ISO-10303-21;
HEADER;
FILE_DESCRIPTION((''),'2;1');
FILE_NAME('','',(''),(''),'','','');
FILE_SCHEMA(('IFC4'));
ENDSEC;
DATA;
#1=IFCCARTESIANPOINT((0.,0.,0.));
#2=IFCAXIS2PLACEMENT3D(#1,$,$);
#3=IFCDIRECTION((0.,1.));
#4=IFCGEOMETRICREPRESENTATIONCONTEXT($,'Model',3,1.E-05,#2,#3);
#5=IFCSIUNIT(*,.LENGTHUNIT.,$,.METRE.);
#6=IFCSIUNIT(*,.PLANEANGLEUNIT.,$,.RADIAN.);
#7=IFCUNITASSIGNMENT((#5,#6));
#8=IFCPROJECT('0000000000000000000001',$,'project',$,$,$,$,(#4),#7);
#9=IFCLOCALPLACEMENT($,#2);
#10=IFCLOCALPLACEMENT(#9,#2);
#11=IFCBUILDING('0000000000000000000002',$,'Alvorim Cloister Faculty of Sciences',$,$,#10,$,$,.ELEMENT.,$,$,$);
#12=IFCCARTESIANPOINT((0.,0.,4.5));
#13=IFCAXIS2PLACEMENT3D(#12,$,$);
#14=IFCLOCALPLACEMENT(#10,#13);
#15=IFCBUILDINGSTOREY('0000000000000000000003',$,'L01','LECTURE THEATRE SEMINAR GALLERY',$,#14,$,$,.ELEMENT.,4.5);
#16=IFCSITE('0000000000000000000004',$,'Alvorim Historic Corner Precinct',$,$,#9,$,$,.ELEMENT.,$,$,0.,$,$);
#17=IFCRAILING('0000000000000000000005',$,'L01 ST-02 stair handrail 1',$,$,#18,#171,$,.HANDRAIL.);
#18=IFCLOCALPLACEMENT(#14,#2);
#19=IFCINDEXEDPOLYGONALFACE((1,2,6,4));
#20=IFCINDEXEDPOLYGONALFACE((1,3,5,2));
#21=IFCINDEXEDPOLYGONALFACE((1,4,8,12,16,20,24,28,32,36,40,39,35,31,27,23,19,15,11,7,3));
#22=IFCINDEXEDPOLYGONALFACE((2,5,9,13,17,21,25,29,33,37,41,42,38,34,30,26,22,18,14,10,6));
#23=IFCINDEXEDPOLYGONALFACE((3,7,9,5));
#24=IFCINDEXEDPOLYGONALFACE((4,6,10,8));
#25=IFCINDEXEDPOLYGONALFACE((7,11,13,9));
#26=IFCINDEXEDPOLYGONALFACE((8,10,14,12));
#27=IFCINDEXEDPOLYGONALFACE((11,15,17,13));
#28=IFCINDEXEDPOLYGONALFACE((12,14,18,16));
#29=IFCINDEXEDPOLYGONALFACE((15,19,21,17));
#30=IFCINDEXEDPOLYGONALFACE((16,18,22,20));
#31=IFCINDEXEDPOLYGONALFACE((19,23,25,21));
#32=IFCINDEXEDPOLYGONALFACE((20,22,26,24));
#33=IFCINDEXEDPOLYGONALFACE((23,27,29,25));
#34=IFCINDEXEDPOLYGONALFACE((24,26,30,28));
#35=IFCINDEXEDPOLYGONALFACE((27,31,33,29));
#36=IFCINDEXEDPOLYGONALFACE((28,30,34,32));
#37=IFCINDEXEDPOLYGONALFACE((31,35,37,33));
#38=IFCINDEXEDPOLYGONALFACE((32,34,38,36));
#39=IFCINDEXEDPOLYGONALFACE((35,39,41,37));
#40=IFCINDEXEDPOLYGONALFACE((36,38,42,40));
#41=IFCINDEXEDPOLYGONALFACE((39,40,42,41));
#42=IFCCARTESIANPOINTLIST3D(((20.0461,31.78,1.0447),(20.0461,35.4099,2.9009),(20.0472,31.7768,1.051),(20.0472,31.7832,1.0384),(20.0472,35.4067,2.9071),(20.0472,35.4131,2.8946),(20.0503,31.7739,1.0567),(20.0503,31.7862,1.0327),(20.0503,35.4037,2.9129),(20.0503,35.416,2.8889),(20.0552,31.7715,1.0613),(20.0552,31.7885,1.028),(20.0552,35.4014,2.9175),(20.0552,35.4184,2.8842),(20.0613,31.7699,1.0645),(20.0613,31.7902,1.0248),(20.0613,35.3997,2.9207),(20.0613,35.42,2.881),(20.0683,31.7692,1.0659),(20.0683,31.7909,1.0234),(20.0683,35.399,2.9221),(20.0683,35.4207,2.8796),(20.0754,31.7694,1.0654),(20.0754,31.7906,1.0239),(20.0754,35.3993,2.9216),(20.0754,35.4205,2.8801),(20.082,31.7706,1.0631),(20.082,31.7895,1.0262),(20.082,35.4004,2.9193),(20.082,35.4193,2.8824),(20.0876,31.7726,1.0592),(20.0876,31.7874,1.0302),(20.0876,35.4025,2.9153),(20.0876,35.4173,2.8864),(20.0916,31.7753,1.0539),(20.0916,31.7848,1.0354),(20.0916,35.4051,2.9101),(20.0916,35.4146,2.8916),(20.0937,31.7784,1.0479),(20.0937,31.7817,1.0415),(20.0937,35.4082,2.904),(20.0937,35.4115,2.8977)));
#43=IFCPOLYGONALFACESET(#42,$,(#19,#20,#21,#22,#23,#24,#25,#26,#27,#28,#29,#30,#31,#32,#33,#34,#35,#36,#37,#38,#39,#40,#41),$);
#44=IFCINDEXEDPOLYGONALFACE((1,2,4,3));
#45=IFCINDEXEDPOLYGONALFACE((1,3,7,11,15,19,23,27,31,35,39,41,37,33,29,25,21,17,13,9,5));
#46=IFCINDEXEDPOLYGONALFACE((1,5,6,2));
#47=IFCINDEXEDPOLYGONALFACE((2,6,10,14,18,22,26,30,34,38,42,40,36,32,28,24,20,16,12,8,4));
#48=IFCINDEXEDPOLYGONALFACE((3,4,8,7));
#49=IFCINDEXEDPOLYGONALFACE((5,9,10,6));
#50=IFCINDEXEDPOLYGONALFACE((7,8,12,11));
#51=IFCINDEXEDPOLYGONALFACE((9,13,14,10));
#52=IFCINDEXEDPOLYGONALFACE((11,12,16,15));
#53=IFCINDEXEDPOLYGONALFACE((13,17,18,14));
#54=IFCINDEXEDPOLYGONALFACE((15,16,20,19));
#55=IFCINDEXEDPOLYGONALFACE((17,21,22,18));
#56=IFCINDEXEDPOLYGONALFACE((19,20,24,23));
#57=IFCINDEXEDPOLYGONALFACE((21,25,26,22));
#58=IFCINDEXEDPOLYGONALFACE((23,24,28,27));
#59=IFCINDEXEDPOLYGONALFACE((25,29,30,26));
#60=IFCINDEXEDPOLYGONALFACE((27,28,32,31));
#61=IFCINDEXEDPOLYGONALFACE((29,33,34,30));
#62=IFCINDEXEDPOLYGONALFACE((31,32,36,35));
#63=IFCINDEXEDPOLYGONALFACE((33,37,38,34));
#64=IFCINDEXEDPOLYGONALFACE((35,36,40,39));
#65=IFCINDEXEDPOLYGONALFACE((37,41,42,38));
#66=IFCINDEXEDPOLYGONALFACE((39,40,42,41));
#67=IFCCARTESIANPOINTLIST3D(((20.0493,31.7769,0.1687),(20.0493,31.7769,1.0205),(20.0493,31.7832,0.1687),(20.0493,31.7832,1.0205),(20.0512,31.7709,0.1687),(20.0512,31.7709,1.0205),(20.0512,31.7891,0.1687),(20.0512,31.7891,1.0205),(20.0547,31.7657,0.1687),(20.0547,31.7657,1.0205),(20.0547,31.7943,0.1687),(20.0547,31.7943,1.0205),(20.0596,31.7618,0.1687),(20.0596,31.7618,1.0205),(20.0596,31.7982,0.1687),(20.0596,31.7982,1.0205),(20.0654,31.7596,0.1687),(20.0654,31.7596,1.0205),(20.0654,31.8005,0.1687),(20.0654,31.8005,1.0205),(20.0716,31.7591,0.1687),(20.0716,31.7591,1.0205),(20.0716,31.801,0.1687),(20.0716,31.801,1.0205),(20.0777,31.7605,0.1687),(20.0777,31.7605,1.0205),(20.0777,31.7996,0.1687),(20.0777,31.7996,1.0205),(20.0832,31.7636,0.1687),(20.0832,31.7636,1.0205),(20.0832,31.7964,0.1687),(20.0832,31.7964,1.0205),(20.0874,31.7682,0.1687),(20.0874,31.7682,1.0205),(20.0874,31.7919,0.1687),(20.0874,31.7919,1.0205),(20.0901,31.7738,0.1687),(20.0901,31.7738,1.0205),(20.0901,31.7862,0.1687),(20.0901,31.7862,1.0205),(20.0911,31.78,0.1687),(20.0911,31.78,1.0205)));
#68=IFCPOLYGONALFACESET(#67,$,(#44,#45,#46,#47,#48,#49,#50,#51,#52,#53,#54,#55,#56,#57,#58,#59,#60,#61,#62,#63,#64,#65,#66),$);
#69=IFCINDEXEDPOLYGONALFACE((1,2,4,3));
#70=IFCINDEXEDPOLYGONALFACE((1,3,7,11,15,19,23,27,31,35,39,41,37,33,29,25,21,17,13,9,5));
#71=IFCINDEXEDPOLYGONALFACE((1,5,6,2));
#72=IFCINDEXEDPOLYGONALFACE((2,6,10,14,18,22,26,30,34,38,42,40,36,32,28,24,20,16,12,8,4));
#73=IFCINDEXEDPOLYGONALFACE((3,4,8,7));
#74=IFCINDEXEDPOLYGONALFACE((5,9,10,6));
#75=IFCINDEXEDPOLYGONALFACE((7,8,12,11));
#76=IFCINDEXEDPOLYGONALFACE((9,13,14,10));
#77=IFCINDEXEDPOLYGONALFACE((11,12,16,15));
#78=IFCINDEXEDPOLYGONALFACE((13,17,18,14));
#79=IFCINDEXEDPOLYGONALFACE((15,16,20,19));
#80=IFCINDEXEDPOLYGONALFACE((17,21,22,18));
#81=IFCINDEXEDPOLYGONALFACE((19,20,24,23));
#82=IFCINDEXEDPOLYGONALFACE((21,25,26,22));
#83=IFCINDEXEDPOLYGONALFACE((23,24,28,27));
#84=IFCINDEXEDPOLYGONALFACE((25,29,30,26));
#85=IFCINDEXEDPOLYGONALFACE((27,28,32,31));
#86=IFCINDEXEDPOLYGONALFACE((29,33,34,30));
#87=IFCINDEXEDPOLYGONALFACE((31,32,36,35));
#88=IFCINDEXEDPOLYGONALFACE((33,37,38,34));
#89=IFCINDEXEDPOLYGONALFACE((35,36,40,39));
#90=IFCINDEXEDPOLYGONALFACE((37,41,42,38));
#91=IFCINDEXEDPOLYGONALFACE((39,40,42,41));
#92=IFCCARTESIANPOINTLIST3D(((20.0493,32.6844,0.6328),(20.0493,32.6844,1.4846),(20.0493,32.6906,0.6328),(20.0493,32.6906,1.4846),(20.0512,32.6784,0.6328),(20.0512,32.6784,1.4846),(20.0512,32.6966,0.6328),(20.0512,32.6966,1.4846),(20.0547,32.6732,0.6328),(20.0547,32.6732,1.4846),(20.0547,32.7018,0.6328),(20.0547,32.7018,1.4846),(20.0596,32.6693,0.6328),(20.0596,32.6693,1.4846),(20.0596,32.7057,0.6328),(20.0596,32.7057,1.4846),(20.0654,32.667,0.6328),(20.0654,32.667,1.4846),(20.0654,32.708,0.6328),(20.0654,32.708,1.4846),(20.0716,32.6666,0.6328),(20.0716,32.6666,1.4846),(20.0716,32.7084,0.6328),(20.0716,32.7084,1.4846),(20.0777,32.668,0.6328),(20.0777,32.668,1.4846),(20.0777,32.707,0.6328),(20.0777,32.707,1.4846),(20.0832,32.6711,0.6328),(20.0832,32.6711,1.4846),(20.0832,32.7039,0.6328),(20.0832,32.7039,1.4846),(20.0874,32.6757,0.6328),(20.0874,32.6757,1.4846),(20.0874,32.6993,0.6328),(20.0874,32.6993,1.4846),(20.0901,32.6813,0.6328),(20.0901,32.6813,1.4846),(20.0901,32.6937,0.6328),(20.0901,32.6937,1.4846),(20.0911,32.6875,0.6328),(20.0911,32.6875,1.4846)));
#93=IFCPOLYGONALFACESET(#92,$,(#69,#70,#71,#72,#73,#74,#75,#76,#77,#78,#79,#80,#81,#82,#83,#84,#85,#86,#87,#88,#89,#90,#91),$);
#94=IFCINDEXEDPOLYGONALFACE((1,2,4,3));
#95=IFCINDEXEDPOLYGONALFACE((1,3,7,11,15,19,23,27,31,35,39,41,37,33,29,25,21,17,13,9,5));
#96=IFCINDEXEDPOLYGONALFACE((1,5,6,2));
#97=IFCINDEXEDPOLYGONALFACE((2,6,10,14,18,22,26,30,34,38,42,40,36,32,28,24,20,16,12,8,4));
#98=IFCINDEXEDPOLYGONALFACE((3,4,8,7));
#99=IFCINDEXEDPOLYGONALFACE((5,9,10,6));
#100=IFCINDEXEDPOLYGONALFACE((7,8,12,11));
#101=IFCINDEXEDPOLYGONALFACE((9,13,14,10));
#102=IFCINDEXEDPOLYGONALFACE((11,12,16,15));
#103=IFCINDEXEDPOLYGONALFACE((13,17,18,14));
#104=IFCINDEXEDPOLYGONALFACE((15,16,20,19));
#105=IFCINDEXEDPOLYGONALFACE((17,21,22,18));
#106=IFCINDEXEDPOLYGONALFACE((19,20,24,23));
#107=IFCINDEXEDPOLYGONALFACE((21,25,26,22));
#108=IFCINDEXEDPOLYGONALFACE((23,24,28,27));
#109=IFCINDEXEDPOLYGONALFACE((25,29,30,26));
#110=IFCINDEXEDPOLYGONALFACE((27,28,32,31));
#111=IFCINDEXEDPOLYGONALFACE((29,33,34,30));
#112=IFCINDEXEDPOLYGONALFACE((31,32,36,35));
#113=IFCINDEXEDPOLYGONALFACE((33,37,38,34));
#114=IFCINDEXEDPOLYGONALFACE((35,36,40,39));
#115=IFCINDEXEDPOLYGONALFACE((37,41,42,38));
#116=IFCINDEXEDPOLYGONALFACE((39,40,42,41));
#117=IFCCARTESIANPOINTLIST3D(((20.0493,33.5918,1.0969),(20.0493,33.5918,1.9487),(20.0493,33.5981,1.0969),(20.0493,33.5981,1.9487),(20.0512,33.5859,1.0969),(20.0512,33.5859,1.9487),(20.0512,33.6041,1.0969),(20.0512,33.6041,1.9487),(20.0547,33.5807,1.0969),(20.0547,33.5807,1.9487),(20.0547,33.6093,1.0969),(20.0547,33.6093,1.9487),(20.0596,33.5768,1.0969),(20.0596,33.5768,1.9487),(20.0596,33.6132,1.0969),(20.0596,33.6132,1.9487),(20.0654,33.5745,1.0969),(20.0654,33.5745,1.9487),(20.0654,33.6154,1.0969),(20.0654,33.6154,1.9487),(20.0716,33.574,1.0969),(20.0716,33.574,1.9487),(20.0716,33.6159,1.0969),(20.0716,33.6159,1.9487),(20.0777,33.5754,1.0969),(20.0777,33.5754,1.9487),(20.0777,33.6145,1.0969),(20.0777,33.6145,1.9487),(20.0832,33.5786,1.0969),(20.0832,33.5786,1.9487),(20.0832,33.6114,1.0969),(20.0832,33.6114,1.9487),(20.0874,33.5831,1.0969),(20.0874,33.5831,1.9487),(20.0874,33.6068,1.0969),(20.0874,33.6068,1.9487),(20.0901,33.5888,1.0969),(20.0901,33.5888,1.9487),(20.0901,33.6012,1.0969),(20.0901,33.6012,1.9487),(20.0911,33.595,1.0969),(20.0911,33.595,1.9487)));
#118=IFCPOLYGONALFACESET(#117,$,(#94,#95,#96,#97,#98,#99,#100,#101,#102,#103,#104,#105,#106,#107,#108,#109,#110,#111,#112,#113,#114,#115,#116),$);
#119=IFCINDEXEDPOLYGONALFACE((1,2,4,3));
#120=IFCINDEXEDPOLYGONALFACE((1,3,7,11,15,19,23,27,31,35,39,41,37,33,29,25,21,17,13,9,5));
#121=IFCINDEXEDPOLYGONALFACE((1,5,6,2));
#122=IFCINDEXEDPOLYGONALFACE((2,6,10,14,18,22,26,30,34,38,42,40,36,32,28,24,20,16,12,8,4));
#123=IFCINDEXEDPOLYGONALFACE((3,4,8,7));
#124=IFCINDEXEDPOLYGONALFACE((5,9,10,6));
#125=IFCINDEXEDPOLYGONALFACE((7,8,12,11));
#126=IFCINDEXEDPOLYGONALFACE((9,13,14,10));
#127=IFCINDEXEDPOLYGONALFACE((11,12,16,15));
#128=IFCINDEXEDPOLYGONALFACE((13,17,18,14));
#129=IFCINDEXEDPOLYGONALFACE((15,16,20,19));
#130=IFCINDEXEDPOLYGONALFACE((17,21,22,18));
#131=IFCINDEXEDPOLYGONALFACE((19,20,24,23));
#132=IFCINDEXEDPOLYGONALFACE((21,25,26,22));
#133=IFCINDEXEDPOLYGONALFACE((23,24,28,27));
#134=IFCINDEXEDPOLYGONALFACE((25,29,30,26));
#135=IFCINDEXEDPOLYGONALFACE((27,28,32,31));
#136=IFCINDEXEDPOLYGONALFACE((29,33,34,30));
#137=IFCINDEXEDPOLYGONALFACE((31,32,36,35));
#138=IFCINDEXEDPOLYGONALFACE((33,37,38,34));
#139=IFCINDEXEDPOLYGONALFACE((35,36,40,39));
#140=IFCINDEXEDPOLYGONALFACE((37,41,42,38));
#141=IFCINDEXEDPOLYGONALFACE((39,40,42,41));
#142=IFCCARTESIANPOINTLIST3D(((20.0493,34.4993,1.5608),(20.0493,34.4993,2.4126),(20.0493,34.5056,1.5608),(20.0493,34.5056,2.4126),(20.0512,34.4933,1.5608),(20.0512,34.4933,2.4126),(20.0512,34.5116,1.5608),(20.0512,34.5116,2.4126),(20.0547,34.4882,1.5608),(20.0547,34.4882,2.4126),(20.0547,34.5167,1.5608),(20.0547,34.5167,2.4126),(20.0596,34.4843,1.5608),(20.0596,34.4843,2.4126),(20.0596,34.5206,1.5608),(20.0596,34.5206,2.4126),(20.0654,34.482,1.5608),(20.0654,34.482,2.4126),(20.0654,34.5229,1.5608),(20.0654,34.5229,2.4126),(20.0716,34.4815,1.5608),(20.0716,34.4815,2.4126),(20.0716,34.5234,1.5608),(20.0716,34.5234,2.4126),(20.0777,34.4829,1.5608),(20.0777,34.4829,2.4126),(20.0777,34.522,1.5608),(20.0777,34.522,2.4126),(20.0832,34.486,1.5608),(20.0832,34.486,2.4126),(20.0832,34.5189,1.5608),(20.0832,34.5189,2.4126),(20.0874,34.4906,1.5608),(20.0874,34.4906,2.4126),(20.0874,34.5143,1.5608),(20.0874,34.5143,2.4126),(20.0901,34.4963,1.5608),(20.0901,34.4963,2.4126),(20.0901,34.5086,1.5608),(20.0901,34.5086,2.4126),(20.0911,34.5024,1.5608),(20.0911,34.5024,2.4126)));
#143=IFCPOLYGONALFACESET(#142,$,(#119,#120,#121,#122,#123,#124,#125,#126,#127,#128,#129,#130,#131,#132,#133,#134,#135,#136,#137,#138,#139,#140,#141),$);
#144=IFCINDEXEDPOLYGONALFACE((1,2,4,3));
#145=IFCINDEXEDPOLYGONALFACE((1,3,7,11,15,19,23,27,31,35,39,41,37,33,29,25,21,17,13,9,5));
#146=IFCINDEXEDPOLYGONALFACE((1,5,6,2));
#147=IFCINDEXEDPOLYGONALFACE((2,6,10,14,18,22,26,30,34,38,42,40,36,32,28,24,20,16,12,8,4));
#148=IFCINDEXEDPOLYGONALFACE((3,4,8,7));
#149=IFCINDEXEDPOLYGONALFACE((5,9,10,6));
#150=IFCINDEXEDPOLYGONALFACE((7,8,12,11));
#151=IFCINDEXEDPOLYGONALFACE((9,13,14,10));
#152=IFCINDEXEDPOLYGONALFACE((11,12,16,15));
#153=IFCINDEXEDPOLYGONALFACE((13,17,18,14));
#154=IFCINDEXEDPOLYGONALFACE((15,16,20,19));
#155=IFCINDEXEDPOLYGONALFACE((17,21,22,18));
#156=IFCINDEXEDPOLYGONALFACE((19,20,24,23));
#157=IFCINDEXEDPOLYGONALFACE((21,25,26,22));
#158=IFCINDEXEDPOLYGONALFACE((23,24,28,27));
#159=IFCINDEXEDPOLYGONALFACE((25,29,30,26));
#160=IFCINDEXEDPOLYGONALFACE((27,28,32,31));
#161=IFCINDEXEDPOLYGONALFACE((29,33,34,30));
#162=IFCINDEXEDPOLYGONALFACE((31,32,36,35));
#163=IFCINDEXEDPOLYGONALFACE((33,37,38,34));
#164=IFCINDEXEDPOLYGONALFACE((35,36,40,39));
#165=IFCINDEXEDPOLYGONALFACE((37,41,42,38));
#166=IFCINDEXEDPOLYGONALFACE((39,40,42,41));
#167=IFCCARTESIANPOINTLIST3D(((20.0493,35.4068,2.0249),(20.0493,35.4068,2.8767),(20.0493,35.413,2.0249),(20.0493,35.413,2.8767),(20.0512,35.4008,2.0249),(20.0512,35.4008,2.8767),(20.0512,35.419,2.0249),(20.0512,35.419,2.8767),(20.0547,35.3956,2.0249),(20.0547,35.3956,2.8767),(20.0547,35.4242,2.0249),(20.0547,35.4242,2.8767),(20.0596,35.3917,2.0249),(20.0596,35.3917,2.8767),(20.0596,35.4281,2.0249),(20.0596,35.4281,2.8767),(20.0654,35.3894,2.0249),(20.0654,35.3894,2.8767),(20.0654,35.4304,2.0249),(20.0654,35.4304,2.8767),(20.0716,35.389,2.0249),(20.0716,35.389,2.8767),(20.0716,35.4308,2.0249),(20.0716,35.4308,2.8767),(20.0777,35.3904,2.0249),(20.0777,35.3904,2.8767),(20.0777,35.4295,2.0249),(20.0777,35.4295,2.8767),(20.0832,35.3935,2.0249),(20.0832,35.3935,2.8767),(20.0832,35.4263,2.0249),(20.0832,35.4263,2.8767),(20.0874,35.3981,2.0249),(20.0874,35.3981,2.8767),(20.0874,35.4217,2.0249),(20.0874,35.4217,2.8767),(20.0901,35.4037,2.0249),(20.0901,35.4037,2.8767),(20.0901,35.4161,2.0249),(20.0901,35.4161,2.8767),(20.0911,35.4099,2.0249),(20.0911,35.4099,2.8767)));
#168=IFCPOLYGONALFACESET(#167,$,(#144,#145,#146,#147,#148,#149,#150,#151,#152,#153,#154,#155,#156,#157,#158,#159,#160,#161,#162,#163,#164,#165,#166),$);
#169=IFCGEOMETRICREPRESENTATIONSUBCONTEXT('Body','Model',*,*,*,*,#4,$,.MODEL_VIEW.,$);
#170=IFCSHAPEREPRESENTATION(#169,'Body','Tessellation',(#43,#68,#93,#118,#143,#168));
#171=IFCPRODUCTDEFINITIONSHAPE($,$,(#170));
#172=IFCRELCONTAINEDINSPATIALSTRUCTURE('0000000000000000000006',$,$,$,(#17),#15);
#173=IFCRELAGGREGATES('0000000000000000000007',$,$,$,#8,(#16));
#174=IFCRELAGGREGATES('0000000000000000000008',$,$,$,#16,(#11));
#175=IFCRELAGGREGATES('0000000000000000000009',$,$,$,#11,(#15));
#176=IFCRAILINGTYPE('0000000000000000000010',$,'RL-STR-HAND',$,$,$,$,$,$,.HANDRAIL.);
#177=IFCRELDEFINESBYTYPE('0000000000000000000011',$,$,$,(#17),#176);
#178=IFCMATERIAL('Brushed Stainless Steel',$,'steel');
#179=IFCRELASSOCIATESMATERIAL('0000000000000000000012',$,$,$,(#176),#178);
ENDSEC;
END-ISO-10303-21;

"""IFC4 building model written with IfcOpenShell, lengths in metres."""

from ifc_helpers import new_model, si_unit, direction, frame, origin, origin_2d, place, context, subcontext, project, spatial, circle, extrude, material, type_object, element, save


model = new_model("IFC4")

# Units and contexts
model_context = context("Model", 3, precision=1e-05, world=origin(), true_north=direction((0.0, 1.0)))
body_context = subcontext(model_context, "Body", "Model", "MODEL_VIEW")
ifc_project = project(units=[si_unit("LENGTHUNIT", "METRE"), si_unit("PLANEANGLEUNIT", "RADIAN")], contexts=[model_context])

# Site, building, storey
site_placement = place(None, origin())
site = spatial("IfcSite", under=ifc_project, at=site_placement, Name="Alvorim Historic Corner Precinct", CompositionType="ELEMENT", RefElevation=0.0)
building_placement = place(site_placement, origin())
building = spatial("IfcBuilding", under=site, at=building_placement, Name="Alvorim Cloister Faculty of Sciences", CompositionType="ELEMENT")
storey_placement = place(building_placement, frame((0.0, 0.0, 4.5)))
storey = spatial("IfcBuildingStorey", under=building, at=storey_placement, Name="L01", Description="LECTURE THEATRE SEMINAR GALLERY", CompositionType="ELEMENT", Elevation=4.5)

# Shared definitions
ifc_material_1 = material(Name="Brushed Stainless Steel", Category="steel")

# Railing
railing_type_1 = type_object("IfcRailingType", Name="RL-STR-HAND", PredefinedType="HANDRAIL", material=ifc_material_1)
railing_1_placement = place(storey_placement, frame((20.0701, 31.78, 0.1687)))
element("IfcRailing", 1, at=railing_1_placement, inside=storey, type_object=railing_type_1, Name="L01 ST-02 stair handrail 1", PredefinedType="HANDRAIL", context=body_context, shape_type="SweptSolid", body=[
    extrude(circle(Radius=0.0239, at=origin_2d()), frame((0.0, 0.0, 0.876), z_axis=(0.0, 0.890342, 0.455291), x_axis=(-1.0, 0.0, 0.0)), (0.0, 0.0, 1.0), 4.0769),
    extrude(circle(Radius=0.021, at=origin_2d()), origin(), (0.0, 0.0, 1.0), 0.8518),
    extrude(circle(Radius=0.021, at=origin_2d()), frame((0.0, 0.9075, 0.4641)), (0.0, 0.0, 1.0), 0.8518),
    extrude(circle(Radius=0.021, at=origin_2d()), frame((0.0, 1.8149, 0.9282)), (0.0, 0.0, 1.0), 0.8518),
    extrude(circle(Radius=0.021, at=origin_2d()), frame((0.0, 2.7224, 1.3921)), (0.0, 0.0, 1.0), 0.8518),
    extrude(circle(Radius=0.021, at=origin_2d()), frame((0.0, 3.6299, 1.8562)), (0.0, 0.0, 1.0), 0.8518),
])

save(model, "model.ifc")
